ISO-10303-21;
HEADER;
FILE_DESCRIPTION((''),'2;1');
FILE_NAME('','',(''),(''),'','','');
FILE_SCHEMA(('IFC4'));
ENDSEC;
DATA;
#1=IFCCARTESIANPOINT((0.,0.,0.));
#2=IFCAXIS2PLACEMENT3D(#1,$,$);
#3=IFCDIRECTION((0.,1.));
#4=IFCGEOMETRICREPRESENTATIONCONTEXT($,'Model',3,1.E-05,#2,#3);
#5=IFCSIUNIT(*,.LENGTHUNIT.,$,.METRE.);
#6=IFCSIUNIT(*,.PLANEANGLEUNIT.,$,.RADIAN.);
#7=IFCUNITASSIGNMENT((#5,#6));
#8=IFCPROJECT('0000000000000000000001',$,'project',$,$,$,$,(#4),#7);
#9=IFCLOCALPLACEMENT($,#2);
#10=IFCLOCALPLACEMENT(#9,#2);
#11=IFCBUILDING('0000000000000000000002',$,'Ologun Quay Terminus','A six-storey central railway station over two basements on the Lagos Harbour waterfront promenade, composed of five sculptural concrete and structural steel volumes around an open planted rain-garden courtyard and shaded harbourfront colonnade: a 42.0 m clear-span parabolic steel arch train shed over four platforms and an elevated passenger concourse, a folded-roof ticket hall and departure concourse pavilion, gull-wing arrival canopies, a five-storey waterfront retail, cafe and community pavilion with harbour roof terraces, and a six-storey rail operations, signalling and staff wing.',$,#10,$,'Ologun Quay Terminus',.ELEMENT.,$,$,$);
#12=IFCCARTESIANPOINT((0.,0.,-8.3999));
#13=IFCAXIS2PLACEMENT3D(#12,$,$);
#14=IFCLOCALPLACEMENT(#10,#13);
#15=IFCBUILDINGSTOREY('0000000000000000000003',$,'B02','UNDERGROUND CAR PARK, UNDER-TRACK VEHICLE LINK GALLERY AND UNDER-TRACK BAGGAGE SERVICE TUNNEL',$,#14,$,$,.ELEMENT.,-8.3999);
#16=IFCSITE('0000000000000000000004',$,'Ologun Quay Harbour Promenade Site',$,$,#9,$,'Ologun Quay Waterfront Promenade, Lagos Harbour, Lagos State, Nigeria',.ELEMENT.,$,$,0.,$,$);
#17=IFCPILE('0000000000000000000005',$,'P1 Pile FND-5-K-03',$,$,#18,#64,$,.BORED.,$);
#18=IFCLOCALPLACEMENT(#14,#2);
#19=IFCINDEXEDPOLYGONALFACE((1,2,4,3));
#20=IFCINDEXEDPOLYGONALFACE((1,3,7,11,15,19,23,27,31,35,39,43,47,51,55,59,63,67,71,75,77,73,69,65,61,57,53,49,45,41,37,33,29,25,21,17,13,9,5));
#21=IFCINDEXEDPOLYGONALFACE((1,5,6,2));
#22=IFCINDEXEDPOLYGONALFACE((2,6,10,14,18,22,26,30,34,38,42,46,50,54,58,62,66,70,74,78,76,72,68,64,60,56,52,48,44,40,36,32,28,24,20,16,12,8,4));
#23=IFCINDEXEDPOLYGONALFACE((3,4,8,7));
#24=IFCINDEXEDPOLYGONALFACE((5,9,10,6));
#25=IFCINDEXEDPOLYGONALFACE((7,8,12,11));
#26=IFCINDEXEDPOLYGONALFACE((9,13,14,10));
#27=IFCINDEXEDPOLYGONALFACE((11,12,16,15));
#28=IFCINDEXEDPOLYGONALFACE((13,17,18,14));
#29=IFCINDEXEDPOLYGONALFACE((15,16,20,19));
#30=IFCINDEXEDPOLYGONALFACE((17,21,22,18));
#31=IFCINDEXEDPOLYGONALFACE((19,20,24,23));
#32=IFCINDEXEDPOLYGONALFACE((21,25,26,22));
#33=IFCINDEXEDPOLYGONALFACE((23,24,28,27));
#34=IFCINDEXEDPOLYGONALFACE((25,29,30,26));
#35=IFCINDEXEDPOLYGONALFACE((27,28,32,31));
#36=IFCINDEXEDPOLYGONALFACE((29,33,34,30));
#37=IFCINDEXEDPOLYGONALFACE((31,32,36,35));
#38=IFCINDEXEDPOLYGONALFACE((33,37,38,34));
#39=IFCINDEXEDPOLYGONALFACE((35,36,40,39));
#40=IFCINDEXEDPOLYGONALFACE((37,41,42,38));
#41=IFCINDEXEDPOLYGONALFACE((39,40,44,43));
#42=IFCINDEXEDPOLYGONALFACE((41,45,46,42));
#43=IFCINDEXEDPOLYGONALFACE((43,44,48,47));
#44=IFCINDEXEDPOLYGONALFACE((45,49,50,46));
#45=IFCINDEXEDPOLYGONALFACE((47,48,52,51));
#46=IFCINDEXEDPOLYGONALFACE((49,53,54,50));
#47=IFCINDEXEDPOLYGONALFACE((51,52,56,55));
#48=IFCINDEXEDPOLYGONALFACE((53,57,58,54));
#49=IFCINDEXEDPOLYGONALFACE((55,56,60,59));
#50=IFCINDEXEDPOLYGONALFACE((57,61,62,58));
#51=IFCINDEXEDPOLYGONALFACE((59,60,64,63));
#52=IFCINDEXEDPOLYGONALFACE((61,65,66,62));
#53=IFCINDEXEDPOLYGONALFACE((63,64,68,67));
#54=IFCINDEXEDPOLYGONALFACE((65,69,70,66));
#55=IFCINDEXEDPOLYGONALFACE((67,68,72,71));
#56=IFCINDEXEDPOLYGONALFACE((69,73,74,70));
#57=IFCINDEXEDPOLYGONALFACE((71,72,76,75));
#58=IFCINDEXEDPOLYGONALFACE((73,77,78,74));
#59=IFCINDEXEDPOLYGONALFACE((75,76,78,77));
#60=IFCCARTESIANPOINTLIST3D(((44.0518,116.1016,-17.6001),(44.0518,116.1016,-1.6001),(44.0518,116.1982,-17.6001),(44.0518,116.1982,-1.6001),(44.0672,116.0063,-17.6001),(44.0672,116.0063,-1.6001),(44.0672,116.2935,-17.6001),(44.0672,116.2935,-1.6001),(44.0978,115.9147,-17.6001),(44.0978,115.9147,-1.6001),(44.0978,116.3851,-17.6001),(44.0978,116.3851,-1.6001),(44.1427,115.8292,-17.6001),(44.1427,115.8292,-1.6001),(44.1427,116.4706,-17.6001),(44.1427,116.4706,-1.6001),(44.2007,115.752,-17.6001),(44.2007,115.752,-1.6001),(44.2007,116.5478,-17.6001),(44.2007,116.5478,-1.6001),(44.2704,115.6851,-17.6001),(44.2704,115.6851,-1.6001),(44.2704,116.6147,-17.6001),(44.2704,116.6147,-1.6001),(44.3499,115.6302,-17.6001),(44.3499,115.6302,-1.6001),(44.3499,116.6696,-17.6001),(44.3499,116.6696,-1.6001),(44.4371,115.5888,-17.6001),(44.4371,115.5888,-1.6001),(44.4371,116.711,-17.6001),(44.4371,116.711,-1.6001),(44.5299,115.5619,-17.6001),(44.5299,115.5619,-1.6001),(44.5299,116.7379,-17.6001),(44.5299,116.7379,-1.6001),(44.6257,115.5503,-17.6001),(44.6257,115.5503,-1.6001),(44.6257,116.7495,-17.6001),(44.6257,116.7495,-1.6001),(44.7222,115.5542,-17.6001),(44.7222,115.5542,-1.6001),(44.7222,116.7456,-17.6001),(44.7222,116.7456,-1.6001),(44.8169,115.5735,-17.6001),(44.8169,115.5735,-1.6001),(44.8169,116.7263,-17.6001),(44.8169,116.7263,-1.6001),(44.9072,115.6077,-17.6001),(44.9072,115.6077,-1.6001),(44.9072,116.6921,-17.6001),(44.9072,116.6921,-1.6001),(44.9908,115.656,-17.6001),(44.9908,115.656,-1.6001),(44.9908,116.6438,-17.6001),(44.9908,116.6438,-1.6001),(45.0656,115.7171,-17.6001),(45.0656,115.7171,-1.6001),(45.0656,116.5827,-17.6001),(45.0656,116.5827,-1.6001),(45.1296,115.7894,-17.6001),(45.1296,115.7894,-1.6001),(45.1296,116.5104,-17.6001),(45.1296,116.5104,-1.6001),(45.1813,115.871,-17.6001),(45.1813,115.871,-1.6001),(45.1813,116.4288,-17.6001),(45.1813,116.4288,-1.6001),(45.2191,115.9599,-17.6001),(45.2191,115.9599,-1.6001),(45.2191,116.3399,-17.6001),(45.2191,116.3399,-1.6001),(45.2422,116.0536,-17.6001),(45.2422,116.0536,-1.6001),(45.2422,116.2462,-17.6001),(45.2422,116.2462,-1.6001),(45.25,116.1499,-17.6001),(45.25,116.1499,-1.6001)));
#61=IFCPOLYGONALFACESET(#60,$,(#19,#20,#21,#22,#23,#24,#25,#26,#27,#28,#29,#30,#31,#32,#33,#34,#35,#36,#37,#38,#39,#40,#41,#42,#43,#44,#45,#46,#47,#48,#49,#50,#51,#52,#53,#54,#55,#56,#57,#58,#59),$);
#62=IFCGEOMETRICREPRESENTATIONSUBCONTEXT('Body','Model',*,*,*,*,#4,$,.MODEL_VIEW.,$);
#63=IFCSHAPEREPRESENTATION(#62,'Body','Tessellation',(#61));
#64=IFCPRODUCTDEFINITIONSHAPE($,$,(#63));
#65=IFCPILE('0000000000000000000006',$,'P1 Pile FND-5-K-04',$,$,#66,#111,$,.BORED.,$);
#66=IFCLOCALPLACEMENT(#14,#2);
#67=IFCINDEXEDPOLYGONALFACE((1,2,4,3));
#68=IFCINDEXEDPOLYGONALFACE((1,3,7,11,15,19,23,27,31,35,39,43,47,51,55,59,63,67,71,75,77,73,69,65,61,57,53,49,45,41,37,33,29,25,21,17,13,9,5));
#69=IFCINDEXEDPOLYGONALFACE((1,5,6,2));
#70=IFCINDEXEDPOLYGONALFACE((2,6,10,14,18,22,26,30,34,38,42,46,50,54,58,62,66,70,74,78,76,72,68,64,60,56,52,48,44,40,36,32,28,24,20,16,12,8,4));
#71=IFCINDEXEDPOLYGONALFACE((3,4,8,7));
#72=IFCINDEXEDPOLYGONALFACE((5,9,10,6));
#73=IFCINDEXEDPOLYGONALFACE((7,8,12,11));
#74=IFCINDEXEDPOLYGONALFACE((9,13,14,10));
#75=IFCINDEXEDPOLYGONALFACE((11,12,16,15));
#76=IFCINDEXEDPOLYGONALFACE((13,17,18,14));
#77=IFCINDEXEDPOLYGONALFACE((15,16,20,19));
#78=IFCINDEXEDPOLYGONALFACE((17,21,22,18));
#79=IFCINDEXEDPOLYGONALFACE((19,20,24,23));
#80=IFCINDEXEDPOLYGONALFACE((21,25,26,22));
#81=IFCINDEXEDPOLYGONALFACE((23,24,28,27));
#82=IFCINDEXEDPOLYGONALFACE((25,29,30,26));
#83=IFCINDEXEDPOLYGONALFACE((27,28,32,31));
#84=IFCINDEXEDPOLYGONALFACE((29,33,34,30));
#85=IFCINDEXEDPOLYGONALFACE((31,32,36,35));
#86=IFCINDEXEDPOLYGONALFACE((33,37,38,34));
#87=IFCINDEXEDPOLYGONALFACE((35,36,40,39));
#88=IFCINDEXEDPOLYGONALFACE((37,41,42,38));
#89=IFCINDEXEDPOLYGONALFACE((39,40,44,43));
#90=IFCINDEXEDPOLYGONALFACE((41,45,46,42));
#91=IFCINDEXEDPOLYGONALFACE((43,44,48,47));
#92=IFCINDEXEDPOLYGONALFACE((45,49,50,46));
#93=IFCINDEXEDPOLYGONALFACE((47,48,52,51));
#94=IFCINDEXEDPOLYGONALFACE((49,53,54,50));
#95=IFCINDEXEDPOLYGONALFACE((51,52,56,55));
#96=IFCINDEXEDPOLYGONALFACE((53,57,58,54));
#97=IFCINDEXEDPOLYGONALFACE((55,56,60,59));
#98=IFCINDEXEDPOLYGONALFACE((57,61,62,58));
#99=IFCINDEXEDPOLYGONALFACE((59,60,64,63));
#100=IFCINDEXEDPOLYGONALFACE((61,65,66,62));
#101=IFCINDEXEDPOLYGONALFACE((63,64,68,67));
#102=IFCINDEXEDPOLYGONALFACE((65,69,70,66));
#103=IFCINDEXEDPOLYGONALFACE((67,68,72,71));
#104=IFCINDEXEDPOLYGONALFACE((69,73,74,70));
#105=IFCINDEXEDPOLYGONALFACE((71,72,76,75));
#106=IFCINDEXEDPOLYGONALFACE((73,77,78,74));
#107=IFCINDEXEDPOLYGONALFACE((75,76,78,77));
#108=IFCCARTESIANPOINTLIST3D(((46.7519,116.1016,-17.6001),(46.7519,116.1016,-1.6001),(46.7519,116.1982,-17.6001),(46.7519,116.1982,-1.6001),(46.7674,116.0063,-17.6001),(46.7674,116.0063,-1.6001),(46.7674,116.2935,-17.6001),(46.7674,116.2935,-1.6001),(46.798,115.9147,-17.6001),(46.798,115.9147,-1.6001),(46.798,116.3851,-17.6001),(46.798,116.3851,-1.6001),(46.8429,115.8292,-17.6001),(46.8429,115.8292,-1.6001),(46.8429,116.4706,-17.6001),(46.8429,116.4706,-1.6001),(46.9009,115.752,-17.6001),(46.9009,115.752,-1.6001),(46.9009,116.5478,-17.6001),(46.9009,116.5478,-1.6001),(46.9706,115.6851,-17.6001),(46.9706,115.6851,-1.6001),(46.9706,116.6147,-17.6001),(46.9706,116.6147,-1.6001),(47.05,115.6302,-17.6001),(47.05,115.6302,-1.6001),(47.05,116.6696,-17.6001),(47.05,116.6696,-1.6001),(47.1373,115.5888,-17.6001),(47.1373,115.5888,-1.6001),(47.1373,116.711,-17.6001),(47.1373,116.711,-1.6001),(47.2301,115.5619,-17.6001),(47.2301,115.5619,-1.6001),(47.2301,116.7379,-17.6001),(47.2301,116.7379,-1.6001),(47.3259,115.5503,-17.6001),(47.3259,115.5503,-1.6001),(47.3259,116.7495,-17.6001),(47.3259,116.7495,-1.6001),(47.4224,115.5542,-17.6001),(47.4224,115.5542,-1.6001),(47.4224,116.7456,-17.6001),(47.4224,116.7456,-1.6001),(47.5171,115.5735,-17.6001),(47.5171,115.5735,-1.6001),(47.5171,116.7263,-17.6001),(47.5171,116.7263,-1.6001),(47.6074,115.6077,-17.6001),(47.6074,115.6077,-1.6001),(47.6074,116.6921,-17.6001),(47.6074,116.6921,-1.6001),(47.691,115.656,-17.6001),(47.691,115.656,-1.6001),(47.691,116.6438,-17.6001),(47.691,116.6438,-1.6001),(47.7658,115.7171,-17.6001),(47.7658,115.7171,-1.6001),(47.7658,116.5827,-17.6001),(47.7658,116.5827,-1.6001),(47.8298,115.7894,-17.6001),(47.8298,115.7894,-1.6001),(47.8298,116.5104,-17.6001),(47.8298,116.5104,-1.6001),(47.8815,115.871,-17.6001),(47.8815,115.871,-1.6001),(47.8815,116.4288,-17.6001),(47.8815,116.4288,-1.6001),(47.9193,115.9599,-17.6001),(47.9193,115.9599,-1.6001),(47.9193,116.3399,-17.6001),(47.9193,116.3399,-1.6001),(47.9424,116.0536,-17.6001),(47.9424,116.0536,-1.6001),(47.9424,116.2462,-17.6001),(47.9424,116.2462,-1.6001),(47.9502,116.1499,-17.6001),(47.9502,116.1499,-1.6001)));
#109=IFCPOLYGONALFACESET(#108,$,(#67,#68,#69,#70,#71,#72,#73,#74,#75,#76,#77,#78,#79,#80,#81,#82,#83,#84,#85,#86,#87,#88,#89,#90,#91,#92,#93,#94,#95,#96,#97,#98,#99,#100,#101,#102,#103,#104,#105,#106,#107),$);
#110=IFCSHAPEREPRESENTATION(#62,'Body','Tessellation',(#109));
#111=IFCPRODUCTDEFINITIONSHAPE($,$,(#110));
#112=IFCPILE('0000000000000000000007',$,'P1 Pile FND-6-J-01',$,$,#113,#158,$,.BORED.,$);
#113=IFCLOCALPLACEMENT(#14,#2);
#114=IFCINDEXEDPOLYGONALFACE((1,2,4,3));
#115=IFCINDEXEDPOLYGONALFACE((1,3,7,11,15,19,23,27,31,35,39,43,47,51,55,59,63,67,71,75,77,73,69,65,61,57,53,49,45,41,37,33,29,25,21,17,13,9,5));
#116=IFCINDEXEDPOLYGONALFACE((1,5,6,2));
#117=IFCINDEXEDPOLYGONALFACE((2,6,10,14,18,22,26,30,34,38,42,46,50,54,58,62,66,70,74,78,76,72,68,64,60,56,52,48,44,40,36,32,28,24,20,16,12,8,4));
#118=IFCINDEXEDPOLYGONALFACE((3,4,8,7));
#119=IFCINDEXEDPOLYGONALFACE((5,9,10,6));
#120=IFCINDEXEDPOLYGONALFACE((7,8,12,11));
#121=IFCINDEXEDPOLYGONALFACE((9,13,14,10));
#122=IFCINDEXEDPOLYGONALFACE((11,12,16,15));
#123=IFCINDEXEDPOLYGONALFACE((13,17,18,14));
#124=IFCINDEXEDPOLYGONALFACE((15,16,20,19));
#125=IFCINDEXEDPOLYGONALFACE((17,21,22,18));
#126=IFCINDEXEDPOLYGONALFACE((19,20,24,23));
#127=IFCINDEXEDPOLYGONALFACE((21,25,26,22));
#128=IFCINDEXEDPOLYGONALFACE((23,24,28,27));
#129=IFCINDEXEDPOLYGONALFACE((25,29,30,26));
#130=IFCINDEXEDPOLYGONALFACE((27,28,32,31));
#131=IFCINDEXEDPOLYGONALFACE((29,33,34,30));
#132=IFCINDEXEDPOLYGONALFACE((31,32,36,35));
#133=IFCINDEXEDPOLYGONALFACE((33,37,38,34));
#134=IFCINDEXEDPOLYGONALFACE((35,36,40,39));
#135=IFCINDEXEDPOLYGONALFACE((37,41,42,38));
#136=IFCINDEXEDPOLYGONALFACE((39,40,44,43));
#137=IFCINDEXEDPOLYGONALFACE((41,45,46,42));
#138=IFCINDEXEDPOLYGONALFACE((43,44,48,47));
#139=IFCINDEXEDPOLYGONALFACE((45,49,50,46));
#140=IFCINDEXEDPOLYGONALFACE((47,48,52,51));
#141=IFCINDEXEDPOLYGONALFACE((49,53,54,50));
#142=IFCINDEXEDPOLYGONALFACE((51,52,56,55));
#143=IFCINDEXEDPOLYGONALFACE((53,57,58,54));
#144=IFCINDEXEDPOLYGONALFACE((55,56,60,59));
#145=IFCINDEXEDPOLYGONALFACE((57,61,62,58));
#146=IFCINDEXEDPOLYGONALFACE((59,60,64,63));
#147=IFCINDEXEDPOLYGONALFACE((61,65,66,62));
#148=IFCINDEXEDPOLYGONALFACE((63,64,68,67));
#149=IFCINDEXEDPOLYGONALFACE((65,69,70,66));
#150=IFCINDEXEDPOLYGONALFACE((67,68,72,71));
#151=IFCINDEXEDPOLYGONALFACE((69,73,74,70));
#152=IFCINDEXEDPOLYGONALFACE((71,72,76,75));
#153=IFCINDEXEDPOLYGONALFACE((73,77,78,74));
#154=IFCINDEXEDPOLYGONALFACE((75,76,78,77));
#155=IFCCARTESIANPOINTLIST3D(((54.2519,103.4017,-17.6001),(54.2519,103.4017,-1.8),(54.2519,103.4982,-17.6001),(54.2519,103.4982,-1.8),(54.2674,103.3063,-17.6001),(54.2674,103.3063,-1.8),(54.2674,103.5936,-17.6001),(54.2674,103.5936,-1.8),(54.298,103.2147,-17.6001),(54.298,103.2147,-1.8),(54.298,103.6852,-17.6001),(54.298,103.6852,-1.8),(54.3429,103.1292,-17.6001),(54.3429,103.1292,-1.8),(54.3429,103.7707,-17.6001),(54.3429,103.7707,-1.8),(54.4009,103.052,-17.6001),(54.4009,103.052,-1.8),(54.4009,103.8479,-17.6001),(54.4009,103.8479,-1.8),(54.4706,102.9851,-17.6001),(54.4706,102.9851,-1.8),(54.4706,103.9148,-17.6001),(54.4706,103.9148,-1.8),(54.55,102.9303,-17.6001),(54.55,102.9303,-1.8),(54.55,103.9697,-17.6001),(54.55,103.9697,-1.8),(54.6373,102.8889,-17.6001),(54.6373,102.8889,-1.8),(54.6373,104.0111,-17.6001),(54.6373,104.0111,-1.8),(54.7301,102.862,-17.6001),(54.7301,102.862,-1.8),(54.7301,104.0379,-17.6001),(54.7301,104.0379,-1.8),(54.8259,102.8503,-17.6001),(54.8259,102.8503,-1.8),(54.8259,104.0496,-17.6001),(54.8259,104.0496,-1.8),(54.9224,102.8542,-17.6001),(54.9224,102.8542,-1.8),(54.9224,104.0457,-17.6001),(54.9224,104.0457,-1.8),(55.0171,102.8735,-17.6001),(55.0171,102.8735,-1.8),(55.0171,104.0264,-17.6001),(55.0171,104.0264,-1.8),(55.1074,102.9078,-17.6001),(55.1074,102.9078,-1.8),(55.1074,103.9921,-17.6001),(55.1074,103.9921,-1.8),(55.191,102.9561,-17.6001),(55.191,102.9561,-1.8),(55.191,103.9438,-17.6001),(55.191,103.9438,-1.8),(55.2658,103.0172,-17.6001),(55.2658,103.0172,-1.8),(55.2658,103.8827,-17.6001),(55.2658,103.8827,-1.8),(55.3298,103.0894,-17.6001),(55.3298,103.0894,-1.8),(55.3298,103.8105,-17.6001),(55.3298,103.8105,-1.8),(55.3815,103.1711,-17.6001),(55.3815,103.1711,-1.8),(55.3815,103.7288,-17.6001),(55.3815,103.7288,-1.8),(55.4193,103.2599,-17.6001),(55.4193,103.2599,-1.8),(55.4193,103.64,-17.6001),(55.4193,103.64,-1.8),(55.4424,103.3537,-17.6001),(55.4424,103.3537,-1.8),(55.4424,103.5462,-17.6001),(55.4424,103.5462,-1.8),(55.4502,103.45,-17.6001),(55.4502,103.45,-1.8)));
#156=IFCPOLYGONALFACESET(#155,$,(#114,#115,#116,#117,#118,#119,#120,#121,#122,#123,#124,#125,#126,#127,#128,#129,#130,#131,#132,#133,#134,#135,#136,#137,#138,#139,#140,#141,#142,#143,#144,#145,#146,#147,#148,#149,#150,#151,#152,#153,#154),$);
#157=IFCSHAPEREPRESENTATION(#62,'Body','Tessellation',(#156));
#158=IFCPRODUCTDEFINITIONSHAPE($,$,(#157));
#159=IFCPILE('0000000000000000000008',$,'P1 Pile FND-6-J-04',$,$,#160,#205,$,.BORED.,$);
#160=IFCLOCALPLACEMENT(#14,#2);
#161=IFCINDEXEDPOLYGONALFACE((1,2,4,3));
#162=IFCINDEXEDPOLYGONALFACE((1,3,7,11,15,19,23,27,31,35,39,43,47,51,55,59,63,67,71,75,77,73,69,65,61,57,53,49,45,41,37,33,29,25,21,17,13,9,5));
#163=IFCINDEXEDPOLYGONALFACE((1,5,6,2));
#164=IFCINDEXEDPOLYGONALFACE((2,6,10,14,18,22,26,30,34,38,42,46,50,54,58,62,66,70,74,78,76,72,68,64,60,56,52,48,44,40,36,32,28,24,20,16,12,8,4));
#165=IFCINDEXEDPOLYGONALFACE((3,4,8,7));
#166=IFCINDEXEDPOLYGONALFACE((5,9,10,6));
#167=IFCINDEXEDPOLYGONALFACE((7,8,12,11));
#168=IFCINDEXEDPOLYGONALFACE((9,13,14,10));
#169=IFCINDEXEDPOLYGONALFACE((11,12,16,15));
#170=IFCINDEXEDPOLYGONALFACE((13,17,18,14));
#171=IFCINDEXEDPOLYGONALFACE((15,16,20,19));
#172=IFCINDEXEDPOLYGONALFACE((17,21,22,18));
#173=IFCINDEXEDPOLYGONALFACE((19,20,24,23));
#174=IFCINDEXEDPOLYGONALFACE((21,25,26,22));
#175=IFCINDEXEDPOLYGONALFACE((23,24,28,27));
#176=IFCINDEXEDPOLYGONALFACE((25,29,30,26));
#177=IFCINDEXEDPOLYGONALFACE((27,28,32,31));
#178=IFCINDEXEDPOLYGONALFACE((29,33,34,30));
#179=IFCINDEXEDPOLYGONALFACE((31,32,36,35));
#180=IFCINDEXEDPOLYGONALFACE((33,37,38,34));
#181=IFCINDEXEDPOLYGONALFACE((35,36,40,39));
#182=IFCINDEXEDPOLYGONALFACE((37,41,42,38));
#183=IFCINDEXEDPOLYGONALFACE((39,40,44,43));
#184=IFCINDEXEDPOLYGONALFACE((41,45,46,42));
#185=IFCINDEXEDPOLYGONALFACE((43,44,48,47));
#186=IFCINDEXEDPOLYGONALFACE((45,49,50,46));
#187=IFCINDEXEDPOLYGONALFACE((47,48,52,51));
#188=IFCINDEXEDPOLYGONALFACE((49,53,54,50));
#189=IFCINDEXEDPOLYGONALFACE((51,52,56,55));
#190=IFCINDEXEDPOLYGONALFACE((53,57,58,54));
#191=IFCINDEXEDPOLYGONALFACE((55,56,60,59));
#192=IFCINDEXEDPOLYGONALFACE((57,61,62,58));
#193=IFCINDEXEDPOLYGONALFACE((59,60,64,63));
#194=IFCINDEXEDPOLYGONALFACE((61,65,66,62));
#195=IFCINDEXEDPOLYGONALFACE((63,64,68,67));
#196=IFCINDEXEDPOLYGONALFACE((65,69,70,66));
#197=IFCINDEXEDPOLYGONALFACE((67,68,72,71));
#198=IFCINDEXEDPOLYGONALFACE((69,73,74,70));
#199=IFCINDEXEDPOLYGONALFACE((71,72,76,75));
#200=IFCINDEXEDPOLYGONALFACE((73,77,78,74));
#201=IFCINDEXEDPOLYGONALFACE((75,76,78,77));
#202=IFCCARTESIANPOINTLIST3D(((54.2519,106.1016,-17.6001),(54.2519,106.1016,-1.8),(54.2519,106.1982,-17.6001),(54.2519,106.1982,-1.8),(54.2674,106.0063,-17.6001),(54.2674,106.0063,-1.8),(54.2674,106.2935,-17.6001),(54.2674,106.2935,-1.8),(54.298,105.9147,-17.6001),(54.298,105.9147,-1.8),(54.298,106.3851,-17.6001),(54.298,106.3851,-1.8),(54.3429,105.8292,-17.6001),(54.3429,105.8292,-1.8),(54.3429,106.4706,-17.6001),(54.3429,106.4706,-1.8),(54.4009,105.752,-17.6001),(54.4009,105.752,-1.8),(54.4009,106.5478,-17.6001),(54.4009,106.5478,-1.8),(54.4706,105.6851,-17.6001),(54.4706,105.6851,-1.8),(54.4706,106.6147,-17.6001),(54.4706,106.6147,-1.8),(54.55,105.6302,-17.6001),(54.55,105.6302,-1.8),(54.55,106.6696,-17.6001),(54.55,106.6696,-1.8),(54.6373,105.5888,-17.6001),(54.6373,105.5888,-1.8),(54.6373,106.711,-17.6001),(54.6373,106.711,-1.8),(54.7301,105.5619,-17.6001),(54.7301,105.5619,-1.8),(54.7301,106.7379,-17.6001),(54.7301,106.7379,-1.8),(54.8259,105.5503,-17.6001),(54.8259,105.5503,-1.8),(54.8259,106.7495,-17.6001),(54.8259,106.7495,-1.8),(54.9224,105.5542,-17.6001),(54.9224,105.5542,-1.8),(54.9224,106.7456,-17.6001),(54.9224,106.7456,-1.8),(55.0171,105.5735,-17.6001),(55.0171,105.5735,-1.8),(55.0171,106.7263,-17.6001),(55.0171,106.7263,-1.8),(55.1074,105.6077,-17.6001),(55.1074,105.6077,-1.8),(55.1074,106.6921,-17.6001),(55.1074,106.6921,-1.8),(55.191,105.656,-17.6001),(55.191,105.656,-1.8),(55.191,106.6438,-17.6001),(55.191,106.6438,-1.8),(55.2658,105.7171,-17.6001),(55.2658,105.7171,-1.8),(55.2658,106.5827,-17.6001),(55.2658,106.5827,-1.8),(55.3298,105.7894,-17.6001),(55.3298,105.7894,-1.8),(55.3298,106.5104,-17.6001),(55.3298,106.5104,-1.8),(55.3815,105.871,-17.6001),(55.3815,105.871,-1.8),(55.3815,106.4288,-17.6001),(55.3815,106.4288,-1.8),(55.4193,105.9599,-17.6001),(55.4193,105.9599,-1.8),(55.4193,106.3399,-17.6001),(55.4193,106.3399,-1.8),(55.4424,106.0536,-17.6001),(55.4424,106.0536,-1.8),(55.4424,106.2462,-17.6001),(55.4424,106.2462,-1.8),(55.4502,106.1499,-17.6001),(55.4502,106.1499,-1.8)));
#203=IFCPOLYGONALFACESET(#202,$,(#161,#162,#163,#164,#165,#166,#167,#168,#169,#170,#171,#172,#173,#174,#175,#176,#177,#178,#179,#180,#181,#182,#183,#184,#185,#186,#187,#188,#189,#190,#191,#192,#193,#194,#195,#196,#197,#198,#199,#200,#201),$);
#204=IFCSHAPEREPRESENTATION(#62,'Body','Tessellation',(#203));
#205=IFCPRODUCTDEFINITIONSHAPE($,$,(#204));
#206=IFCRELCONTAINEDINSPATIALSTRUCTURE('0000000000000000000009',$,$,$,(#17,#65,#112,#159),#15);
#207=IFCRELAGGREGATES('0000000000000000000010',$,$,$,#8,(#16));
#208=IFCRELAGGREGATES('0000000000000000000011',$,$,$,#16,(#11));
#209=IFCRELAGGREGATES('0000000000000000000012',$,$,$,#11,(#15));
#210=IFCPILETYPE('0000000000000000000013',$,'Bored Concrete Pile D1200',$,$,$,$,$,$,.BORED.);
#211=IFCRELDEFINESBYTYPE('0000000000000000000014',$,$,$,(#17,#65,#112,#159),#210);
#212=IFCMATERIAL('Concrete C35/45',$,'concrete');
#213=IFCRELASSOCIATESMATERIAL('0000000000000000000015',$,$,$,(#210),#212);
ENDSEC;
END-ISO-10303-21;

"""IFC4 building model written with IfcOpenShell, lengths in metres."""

from ifc_helpers import new_model, si_unit, direction, frame, origin, origin_2d, place, context, subcontext, project, spatial, circle, extrude, material, material_profile, profile_set, type_object, element, save


model = new_model("IFC4")

# Units and contexts
model_context = context("Model", 3, precision=1e-05, world=origin(), true_north=direction((0.0, 1.0)))
body_context = subcontext(model_context, "Body", "Model", "MODEL_VIEW")
ifc_project = project(units=[si_unit("LENGTHUNIT", "METRE"), si_unit("PLANEANGLEUNIT", "RADIAN")], contexts=[model_context])

# Site, building, storey
site_placement = place(None, origin())
site = spatial("IfcSite", under=ifc_project, at=site_placement, Name="Ologun Quay Harbour Promenade Site", LongName="Ologun Quay Waterfront Promenade, Lagos Harbour, Lagos State, Nigeria", CompositionType="ELEMENT", RefElevation=0.0)
building_placement = place(site_placement, origin())
building = spatial("IfcBuilding", under=site, at=building_placement, Name="Ologun Quay Terminus", Description="A six-storey central railway station over two basements on the Lagos Harbour waterfront promenade, composed of five sculptural concrete and structural steel volumes around an open planted rain-garden courtyard and shaded harbourfront colonnade: a 42.0 m clear-span parabolic steel arch train shed over four platforms and an elevated passenger concourse, a folded-roof ticket hall and departure concourse pavilion, gull-wing arrival canopies, a five-storey waterfront retail, cafe and community pavilion with harbour roof terraces, and a six-storey rail operations, signalling and staff wing.", LongName="Ologun Quay Terminus", CompositionType="ELEMENT")
storey_placement = place(building_placement, frame((0.0, 0.0, -8.3999)))
storey = spatial("IfcBuildingStorey", under=building, at=storey_placement, Name="B02", Description="UNDERGROUND CAR PARK, UNDER-TRACK VEHICLE LINK GALLERY AND UNDER-TRACK BAGGAGE SERVICE TUNNEL", CompositionType="ELEMENT", Elevation=-8.3999)

# Piles
ifc_material_1 = material(Name="Concrete C35/45", Category="concrete")
ifc_material_profile_1 = material_profile(ifc_material_1, circle(Radius=0.6001, at=origin_2d()), Name="PILE D1200")
ifc_profile_set_1 = profile_set([ifc_material_profile_1], Name="Concrete C35/45")
pile_type_1 = type_object("IfcPileType", Name="Bored Concrete Pile D1200", PredefinedType="BORED", material=ifc_profile_set_1)
for number, where, z_axis, x_axis, name in (
    (1, (44.6499, 116.1499, -1.6001), (0.0, 0.0, -1.0), (1.0, 0.0, 0.0), "P1 Pile FND-5-K-03"),
    (2, (47.3501, 116.1499, -1.6001), (0.0, 0.0, -1.0), (1.0, 0.0, 0.0), "P1 Pile FND-5-K-04"),
):
    element("IfcPile", number, at=place(storey_placement, frame(where, z_axis=z_axis, x_axis=x_axis)), inside=storey, type_object=pile_type_1, Name=name, PredefinedType="BORED", context=body_context, shape_type="SweptSolid", body=[
        extrude(circle(Radius=0.6001, at=origin_2d()), origin(), (0.0, 0.0, 1.0), 16.0),
    ])
for number, where, z_axis, x_axis, name in (
    (3, (54.8501, 103.45, -1.8), (0.0, 0.0, -1.0), (1.0, 0.0, 0.0), "P1 Pile FND-6-J-01"),
    (4, (54.8501, 106.1499, -1.8), (0.0, 0.0, -1.0), (1.0, 0.0, 0.0), "P1 Pile FND-6-J-04"),
):
    element("IfcPile", number, at=place(storey_placement, frame(where, z_axis=z_axis, x_axis=x_axis)), inside=storey, type_object=pile_type_1, Name=name, PredefinedType="BORED", context=body_context, shape_type="SweptSolid", body=[
        extrude(circle(Radius=0.6001, at=origin_2d()), origin(), (0.0, 0.0, 1.0), 15.8),
    ])

save(model, "model.ifc")
